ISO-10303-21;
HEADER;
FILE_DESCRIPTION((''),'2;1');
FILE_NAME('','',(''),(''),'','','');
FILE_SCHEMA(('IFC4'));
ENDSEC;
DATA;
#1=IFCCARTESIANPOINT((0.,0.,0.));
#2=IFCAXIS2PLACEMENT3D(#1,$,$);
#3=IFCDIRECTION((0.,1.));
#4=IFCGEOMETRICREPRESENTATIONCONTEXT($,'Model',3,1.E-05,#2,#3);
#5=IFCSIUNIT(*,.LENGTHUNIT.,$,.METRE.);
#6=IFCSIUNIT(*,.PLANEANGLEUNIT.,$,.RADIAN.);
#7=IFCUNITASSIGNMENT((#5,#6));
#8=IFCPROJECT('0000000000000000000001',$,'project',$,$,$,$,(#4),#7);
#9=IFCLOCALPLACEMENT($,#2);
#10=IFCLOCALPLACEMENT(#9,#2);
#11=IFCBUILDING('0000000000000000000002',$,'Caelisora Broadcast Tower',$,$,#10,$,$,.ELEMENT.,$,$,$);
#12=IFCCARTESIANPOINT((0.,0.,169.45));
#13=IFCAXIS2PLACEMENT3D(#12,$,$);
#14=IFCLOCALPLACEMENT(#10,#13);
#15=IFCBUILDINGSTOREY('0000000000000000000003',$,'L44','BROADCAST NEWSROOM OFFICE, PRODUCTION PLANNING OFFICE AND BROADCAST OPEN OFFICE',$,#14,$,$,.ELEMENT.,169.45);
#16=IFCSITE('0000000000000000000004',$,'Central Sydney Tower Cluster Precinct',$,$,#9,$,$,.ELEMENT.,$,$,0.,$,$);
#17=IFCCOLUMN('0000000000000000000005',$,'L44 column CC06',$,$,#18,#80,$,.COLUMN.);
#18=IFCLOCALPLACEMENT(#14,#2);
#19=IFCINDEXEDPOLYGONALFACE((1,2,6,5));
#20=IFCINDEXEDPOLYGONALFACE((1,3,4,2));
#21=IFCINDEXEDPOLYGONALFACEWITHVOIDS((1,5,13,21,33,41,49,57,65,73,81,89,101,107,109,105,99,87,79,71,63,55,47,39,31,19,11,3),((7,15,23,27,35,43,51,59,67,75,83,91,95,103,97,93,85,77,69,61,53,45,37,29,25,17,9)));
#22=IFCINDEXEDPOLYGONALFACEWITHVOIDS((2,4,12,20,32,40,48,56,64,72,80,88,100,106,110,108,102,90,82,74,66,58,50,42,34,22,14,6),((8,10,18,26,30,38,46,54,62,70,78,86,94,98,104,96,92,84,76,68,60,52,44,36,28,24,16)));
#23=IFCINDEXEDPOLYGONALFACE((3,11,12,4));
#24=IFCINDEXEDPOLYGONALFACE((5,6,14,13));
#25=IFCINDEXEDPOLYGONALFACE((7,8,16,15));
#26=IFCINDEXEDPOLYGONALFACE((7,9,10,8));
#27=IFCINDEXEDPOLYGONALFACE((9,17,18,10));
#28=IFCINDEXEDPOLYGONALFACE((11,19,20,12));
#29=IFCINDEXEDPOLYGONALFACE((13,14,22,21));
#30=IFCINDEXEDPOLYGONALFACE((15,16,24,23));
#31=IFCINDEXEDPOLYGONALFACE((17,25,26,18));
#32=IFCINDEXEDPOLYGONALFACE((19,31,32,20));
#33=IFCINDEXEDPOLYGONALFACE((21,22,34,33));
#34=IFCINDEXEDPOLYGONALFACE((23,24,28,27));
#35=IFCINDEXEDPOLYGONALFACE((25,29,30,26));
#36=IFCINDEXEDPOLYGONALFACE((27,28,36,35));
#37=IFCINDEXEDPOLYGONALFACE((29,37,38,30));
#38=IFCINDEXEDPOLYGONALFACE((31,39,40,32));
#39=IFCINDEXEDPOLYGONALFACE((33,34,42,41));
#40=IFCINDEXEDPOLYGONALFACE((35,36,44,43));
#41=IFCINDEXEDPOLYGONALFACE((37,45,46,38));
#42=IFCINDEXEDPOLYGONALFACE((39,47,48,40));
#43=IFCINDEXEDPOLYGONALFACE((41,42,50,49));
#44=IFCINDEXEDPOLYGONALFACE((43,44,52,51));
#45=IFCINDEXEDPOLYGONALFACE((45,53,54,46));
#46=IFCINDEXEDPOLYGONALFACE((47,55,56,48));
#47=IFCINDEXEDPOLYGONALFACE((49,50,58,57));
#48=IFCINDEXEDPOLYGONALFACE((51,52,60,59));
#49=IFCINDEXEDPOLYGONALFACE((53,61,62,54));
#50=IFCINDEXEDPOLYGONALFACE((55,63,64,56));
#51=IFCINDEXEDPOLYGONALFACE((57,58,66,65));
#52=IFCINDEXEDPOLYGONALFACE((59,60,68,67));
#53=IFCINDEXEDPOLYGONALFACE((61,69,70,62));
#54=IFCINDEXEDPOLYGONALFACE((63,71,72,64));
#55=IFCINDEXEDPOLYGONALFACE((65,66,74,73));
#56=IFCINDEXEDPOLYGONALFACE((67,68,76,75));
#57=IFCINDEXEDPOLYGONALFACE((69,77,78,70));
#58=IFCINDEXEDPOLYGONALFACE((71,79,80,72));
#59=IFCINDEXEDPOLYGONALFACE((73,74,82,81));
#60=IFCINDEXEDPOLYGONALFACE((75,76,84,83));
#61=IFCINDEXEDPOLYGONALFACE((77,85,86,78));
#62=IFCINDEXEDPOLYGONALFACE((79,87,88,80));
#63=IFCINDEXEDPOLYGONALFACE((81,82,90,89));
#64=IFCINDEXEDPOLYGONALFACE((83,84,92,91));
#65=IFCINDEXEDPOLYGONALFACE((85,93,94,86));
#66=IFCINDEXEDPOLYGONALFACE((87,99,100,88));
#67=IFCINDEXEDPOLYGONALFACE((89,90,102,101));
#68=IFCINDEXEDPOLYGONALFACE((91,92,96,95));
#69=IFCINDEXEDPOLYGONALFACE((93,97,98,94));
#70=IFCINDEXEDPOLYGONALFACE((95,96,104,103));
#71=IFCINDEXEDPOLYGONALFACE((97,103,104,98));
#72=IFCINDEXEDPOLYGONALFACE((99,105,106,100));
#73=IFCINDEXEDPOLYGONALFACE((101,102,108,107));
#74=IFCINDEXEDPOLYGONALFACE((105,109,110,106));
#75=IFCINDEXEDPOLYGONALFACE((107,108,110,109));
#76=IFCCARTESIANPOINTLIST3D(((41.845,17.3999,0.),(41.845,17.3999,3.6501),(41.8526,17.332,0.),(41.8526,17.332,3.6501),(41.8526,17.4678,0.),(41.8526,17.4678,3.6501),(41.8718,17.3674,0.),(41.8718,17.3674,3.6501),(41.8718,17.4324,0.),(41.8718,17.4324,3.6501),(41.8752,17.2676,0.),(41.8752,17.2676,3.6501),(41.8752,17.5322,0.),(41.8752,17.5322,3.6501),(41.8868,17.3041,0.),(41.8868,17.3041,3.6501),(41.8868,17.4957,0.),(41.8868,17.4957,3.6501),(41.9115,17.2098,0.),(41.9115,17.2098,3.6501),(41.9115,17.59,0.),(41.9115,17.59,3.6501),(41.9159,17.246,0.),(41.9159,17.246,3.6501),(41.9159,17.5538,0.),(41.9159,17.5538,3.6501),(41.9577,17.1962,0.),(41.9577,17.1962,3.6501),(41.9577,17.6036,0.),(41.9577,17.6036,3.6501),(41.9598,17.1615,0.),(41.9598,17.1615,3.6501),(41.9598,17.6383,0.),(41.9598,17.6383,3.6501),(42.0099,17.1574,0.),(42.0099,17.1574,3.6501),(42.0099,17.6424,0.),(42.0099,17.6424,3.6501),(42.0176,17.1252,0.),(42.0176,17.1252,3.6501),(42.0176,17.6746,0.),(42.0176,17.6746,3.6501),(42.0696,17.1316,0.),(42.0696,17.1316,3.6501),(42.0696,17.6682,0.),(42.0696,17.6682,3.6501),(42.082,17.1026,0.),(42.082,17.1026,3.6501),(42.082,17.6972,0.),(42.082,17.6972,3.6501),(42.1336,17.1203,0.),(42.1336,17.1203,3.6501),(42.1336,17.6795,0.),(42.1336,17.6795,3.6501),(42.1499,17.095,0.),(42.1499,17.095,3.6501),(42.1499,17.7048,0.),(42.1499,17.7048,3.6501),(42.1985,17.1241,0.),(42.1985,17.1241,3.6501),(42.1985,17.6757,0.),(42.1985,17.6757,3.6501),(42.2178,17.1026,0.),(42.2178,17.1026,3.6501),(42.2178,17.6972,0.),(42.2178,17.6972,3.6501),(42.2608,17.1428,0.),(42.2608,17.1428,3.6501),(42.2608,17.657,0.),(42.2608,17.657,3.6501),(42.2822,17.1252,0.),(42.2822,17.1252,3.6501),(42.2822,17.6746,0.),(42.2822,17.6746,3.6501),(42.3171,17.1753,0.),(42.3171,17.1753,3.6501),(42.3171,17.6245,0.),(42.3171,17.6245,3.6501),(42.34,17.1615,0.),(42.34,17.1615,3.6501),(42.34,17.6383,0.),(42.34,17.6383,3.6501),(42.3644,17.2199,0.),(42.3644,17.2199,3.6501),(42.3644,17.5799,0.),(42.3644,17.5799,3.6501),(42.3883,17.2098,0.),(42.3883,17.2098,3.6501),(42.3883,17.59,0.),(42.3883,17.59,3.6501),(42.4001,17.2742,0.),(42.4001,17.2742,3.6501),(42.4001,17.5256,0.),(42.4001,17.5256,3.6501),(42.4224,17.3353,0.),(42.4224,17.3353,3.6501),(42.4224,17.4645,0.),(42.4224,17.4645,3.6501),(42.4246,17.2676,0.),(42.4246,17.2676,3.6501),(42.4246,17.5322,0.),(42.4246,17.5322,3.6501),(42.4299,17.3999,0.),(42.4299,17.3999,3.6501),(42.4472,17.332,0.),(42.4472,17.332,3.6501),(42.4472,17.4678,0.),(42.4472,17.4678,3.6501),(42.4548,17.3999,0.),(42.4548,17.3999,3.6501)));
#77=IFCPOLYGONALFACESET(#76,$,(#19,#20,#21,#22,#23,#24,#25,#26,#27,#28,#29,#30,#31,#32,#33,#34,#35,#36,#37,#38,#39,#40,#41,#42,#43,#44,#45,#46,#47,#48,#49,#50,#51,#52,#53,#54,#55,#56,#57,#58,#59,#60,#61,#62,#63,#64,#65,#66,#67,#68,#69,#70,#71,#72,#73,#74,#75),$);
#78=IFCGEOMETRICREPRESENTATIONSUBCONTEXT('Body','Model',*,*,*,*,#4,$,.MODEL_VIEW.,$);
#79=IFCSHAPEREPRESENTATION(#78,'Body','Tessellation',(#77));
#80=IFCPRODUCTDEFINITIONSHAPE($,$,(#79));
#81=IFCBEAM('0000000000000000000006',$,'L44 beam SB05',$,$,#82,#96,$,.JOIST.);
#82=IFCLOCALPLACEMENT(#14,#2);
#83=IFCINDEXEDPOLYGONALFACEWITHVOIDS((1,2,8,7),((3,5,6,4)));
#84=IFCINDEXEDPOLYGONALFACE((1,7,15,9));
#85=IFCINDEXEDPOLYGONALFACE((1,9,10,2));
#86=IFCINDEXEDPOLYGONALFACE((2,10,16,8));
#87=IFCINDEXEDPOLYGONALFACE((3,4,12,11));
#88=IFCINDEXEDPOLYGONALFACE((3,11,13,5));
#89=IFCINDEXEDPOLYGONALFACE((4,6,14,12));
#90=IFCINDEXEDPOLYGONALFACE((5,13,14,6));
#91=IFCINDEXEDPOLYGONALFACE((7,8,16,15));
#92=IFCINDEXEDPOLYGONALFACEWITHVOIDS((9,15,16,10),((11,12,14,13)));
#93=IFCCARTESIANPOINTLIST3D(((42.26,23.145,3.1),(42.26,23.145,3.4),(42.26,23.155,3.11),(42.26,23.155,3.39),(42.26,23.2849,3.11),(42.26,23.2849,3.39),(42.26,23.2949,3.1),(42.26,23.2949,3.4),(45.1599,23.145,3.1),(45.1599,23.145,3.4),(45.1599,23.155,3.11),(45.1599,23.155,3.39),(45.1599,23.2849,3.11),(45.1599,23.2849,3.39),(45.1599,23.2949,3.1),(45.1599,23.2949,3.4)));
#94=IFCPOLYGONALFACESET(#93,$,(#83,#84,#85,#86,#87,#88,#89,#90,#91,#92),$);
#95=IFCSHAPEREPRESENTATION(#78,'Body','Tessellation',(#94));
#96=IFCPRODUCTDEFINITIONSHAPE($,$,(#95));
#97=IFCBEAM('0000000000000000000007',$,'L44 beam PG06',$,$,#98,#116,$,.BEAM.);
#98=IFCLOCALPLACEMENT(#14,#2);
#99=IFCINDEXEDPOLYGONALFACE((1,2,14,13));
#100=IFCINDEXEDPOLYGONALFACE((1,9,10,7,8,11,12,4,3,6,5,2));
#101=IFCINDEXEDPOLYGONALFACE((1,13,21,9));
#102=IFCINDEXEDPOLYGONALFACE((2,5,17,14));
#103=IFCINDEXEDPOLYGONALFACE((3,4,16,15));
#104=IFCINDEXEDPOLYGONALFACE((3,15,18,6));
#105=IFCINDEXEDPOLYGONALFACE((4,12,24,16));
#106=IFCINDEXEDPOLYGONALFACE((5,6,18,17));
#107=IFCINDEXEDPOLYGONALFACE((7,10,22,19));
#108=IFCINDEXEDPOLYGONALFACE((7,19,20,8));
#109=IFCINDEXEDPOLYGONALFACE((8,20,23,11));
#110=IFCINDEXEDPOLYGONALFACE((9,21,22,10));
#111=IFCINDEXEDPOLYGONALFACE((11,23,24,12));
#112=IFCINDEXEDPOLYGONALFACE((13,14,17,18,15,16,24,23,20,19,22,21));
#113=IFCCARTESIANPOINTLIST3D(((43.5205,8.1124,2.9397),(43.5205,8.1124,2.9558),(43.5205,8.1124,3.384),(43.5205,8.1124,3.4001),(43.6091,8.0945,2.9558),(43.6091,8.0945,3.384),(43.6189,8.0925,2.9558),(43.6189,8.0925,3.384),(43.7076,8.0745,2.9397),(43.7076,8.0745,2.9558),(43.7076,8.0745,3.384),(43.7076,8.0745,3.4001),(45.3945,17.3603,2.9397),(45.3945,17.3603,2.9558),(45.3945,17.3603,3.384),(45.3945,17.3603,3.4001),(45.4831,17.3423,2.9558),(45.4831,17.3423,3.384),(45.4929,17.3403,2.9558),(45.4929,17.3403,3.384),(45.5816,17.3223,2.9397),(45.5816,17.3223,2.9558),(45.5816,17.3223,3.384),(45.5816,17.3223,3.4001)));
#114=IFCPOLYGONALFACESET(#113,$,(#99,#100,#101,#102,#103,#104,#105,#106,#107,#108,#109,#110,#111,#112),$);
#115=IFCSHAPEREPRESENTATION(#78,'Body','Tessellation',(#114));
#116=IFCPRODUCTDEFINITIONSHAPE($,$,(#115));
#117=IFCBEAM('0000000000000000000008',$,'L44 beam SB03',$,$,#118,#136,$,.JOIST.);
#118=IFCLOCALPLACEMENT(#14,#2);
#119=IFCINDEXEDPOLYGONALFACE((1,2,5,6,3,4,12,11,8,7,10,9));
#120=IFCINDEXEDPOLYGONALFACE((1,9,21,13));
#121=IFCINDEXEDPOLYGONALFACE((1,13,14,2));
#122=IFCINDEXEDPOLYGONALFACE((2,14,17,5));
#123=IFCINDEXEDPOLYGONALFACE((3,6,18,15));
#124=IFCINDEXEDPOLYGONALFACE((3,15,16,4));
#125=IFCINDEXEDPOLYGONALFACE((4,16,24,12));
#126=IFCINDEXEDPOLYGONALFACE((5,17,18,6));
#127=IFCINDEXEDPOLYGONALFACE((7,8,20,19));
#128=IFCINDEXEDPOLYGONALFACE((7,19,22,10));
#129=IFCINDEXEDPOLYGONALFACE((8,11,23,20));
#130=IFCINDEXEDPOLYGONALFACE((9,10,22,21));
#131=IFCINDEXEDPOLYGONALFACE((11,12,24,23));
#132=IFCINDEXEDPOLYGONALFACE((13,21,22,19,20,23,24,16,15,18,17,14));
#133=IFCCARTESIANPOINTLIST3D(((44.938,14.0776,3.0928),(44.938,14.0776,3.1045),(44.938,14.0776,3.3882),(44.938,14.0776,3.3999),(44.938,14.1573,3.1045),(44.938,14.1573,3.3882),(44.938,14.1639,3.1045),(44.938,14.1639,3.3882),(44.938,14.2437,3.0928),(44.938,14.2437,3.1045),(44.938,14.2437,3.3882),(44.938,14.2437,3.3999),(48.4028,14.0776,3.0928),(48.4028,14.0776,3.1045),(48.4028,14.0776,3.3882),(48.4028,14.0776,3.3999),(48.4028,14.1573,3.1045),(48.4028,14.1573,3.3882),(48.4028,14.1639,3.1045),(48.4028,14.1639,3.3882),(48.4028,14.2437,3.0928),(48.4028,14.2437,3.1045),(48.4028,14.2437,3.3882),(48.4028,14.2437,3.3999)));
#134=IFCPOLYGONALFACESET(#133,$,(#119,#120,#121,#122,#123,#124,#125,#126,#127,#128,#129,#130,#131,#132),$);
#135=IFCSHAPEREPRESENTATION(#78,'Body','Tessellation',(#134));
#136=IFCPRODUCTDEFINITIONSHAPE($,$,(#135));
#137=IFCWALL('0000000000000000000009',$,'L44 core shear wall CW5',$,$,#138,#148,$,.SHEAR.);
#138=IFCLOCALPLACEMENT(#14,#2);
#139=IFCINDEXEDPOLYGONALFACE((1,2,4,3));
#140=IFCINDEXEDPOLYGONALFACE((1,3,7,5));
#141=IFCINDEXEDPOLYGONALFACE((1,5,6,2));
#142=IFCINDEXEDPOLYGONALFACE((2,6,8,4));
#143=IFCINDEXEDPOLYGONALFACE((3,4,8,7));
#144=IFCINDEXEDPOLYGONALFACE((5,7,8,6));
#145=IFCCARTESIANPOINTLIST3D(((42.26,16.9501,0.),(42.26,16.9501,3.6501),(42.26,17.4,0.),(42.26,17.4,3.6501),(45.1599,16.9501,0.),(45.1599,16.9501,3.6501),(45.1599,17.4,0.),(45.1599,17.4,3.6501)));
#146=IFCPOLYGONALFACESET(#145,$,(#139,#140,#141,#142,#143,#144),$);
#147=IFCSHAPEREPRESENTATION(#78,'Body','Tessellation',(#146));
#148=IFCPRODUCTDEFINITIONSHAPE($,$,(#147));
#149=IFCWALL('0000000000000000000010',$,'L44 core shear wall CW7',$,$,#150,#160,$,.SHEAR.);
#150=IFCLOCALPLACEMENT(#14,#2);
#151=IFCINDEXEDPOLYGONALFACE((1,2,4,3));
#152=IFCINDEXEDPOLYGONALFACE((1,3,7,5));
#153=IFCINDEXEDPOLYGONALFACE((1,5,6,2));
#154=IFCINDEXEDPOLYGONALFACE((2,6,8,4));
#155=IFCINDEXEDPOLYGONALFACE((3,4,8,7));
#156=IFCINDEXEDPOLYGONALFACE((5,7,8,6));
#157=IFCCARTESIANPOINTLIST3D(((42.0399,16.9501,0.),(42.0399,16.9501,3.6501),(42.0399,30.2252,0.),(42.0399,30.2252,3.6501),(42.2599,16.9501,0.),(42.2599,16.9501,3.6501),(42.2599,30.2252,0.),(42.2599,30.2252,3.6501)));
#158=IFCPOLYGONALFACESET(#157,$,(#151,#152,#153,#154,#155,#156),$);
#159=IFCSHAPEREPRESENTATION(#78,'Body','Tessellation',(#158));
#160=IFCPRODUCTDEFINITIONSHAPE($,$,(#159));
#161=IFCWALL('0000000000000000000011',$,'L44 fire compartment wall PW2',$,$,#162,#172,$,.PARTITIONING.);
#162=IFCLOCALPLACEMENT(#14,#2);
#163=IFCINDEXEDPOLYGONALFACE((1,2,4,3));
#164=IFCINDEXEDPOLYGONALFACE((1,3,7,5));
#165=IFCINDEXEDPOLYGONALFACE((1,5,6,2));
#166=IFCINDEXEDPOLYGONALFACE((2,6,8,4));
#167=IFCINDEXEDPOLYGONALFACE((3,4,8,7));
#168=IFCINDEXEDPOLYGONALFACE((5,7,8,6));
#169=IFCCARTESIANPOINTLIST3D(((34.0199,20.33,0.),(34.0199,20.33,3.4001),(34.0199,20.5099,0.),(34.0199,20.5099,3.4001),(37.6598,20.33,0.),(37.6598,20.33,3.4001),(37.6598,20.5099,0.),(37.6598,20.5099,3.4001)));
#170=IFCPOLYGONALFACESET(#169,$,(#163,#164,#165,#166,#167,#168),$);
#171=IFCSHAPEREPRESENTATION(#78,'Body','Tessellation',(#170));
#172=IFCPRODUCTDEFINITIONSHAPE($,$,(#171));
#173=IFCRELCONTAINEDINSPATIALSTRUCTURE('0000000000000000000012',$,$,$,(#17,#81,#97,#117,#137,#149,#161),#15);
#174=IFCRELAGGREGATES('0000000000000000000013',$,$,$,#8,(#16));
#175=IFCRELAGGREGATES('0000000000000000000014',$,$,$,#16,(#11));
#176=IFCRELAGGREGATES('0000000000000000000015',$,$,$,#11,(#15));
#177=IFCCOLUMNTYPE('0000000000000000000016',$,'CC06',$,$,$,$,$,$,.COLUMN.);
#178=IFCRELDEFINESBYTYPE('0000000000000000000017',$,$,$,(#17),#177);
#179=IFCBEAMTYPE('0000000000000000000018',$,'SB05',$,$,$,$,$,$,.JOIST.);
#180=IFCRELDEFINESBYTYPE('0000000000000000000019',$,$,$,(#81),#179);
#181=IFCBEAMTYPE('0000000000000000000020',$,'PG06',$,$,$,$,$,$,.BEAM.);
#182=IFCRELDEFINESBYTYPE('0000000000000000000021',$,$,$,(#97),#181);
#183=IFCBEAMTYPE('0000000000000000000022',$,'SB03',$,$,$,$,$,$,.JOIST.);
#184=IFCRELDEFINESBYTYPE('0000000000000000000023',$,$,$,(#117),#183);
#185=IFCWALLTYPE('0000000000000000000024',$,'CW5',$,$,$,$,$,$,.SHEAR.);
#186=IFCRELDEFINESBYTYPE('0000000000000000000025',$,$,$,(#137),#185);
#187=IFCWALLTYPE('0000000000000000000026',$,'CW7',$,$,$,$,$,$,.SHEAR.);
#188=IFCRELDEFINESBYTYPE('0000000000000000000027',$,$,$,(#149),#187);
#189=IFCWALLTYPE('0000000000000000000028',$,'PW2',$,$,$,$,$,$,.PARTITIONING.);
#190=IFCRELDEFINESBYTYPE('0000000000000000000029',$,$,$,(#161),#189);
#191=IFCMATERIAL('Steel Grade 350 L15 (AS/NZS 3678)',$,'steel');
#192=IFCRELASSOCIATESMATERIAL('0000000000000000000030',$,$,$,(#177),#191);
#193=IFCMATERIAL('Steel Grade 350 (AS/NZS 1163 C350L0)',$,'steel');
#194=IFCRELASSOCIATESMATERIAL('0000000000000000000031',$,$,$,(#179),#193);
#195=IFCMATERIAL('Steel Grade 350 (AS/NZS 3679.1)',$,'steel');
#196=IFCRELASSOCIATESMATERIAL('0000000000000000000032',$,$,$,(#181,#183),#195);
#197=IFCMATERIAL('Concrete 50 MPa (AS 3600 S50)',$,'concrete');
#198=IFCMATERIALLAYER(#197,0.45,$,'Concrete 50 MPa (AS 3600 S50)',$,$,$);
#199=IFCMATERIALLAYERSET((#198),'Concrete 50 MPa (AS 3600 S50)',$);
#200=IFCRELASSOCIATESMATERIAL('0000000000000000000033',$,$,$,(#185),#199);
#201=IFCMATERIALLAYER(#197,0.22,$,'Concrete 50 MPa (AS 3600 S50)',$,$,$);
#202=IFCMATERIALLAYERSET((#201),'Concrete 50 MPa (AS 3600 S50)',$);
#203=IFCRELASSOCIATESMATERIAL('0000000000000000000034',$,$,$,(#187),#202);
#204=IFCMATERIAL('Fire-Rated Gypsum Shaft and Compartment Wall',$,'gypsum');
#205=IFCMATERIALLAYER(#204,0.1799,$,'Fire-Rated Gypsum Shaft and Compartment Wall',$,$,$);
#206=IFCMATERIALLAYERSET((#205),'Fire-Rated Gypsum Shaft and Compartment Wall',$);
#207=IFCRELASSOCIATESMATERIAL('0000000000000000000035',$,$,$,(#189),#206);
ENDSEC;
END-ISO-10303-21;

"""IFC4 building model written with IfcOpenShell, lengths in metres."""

from ifc_helpers import new_model, si_unit, direction, frame, frame_2d, origin, origin_2d, place, context, subcontext, project, spatial, rectangle, hollow_rectangle, hollow_circle, i_section, extrude, source, transform, mapped, material, layer, layer_set, material_profile, profile_set, type_object, type_shapes, element, save


model = new_model("IFC4")

# Units and contexts
model_context = context("Model", 3, precision=1e-05, world=origin(), true_north=direction((0.0, 1.0)))
body_context = subcontext(model_context, "Body", "Model", "MODEL_VIEW")
ifc_project = project(units=[si_unit("LENGTHUNIT", "METRE"), si_unit("PLANEANGLEUNIT", "RADIAN")], contexts=[model_context])

# Site, building, storey
site_placement = place(None, origin())
site = spatial("IfcSite", under=ifc_project, at=site_placement, Name="Central Sydney Tower Cluster Precinct", CompositionType="ELEMENT", RefElevation=0.0)
building_placement = place(site_placement, origin())
building = spatial("IfcBuilding", under=site, at=building_placement, Name="Caelisora Broadcast Tower", CompositionType="ELEMENT")
storey_placement = place(building_placement, frame((0.0, 0.0, 169.45)))
storey = spatial("IfcBuildingStorey", under=building, at=storey_placement, Name="L44", Description="BROADCAST NEWSROOM OFFICE, PRODUCTION PLANNING OFFICE AND BROADCAST OPEN OFFICE", CompositionType="ELEMENT", Elevation=169.45)

# Column
ifc_material_1 = material(Name="Steel Grade 350 L15 (AS/NZS 3678)", Category="steel")
ifc_material_profile_1 = material_profile(ifc_material_1, hollow_circle(Radius=0.3049, WallThickness=0.0249, at=origin_2d()), Name="Steel Grade 350 L15 (AS/NZS 3678)")
ifc_profile_set_1 = profile_set([ifc_material_profile_1], Name="Steel Grade 350 L15 (AS/NZS 3678)")
column_type = type_object("IfcColumnType", Name="CC06", PredefinedType="COLUMN", material=ifc_profile_set_1)
shared_shape_1 = source(origin(), body_context, "Body", "SweptSolid", [
    extrude(hollow_circle(Radius=0.3049, WallThickness=0.0249, at=origin_2d()), origin(), (0.0, 0.0, 1.0), 3.6501),
])
type_shapes(column_type, [shared_shape_1])
column_placement = place(storey_placement, frame((42.1499, 17.3999, 0.0), z_axis=(0.0, 0.0, 1.0), x_axis=(1.0, 0.0, 0.0)))
element("IfcColumn", 1, at=column_placement, inside=storey, type_object=column_type, Name="L44 column CC06", PredefinedType="COLUMN", context=body_context, shape_type="MappedRepresentation", body=[
    mapped(shared_shape_1, transform((0.0, 0.0, 0.0), scale=1.0)),
])

# Beams
ifc_material_2 = material(Name="Steel Grade 350 (AS/NZS 1163 C350L0)", Category="steel")
ifc_material_profile_2 = material_profile(ifc_material_2, hollow_rectangle(XDim=0.1499, YDim=0.3, WallThickness=0.01, at=origin_2d()), Name="Steel Grade 350 (AS/NZS 1163 C350L0)")
ifc_profile_set_2 = profile_set([ifc_material_profile_2], Name="Steel Grade 350 (AS/NZS 1163 C350L0)")
beam_type_1 = type_object("IfcBeamType", Name="SB05", PredefinedType="JOIST", material=ifc_profile_set_2)
shared_shape_2 = source(origin(), body_context, "Body", "SweptSolid", [
    extrude(hollow_rectangle(XDim=0.1499, YDim=0.3, WallThickness=0.01, at=origin_2d()), origin(), (0.0, 0.0, 1.0), 2.8999),
])
type_shapes(beam_type_1, [shared_shape_2])
beam_1_placement = place(storey_placement, frame((42.26, 23.22, 3.25), z_axis=(1.0, 0.0, 0.0), x_axis=(0.0, 1.0, 0.0)))
element("IfcBeam", 2, at=beam_1_placement, inside=storey, type_object=beam_type_1, Name="L44 beam SB05", PredefinedType="JOIST", context=body_context, shape_type="MappedRepresentation", body=[
    mapped(shared_shape_2, transform((0.0, 0.0, 0.0), scale=1.0)),
])
ifc_material_3 = material(Name="Steel Grade 350 (AS/NZS 3679.1)", Category="steel")
ifc_material_profile_3 = material_profile(ifc_material_3, i_section(OverallWidth=0.1909, OverallDepth=0.4604, WebThickness=0.01, FlangeThickness=0.0161, at=origin_2d()), Name="Steel Grade 350 (AS/NZS 3679.1)")
ifc_profile_set_3 = profile_set([ifc_material_profile_3], Name="Steel Grade 350 (AS/NZS 3679.1)")
beam_type_2 = type_object("IfcBeamType", Name="PG06", PredefinedType="BEAM", material=ifc_profile_set_3)
shared_shape_3 = source(origin(), body_context, "Body", "SweptSolid", [
    extrude(i_section(OverallWidth=0.1909, OverallDepth=0.4604, WebThickness=0.01, FlangeThickness=0.0161, at=origin_2d()), origin(), (0.0, 0.0, 1.0), 9.4358),
])
type_shapes(beam_type_2, [shared_shape_3])
beam_2_placement = place(storey_placement, frame((45.488, 17.3413, 3.1699), z_axis=(-0.198608, -0.980079, 0.0), x_axis=(0.980079, -0.198608, 0.0)))
element("IfcBeam", 3, at=beam_2_placement, inside=storey, type_object=beam_type_2, Name="L44 beam PG06", PredefinedType="BEAM", context=body_context, shape_type="MappedRepresentation", body=[
    mapped(shared_shape_3, transform((0.0, 0.0, 0.0), scale=1.0)),
])
ifc_material_profile_4 = material_profile(ifc_material_3, i_section(OverallWidth=0.166, OverallDepth=0.3071, WebThickness=0.0066, FlangeThickness=0.0117, at=origin_2d()), Name="Steel Grade 350 (AS/NZS 3679.1)")
ifc_profile_set_4 = profile_set([ifc_material_profile_4], Name="Steel Grade 350 (AS/NZS 3679.1)")
beam_type_3 = type_object("IfcBeamType", Name="SB03", PredefinedType="JOIST", material=ifc_profile_set_4)
shared_shape_4 = source(origin(), body_context, "Body", "SweptSolid", [
    extrude(i_section(OverallWidth=0.166, OverallDepth=0.3071, WebThickness=0.0066, FlangeThickness=0.0117, at=origin_2d()), origin(), (0.0, 0.0, 1.0), 3.4648),
])
type_shapes(beam_type_3, [shared_shape_4])
beam_3_placement = place(storey_placement, frame((44.938, 14.1606, 3.2463), z_axis=(1.0, 0.0, 0.0), x_axis=(0.0, 1.0, 0.0)))
element("IfcBeam", 4, at=beam_3_placement, inside=storey, type_object=beam_type_3, Name="L44 beam SB03", PredefinedType="JOIST", context=body_context, shape_type="MappedRepresentation", body=[
    mapped(shared_shape_4, transform((0.0, 0.0, 0.0), scale=1.0)),
])

# Shared definitions
ifc_material_4 = material(Name="Concrete 50 MPa (AS 3600 S50)", Category="concrete")

# Walls
ifc_layer_1 = layer(ifc_material_4, 0.45, Name="Concrete 50 MPa (AS 3600 S50)")
ifc_layer_set_1 = layer_set([ifc_layer_1], Name="Concrete 50 MPa (AS 3600 S50)")
wall_type_1 = type_object("IfcWallType", Name="CW5", PredefinedType="SHEAR", material=ifc_layer_set_1)
wall_1_placement = place(storey_placement, frame((42.26, 17.175, 0.0), z_axis=(0.0, 0.0, 1.0), x_axis=(1.0, 0.0, 0.0)))
element("IfcWall", 5, at=wall_1_placement, inside=storey, type_object=wall_type_1, Name="L44 core shear wall CW5", PredefinedType="SHEAR", context=body_context, shape_type="SweptSolid", body=[
    extrude(rectangle(XDim=2.8999, YDim=0.45, at=frame_2d((1.45, 0.0))), origin(), (0.0, 0.0, 1.0), 3.6501),
])
ifc_layer_2 = layer(ifc_material_4, 0.22, Name="Concrete 50 MPa (AS 3600 S50)")
ifc_layer_set_2 = layer_set([ifc_layer_2], Name="Concrete 50 MPa (AS 3600 S50)")
wall_type_2 = type_object("IfcWallType", Name="CW7", PredefinedType="SHEAR", material=ifc_layer_set_2)
wall_2_placement = place(storey_placement, frame((42.1499, 16.95, 0.0), z_axis=(0.0, 0.0, 1.0), x_axis=(0.0, 1.0, 0.0)))
element("IfcWall", 6, at=wall_2_placement, inside=storey, type_object=wall_type_2, Name="L44 core shear wall CW7", PredefinedType="SHEAR", context=body_context, shape_type="SweptSolid", body=[
    extrude(rectangle(XDim=13.2751, YDim=0.22, at=frame_2d((6.6377, 0.0))), origin(), (0.0, 0.0, 1.0), 3.6501),
])
ifc_material_5 = material(Name="Fire-Rated Gypsum Shaft and Compartment Wall", Category="gypsum")
ifc_layer_3 = layer(ifc_material_5, 0.1799, Name="Fire-Rated Gypsum Shaft and Compartment Wall")
ifc_layer_set_3 = layer_set([ifc_layer_3], Name="Fire-Rated Gypsum Shaft and Compartment Wall")
wall_type_3 = type_object("IfcWallType", Name="PW2", PredefinedType="PARTITIONING", material=ifc_layer_set_3)
wall_3_placement = place(storey_placement, frame((34.02, 20.4199, 0.0), z_axis=(0.0, 0.0, 1.0), x_axis=(1.0, 0.0, 0.0)))
element("IfcWall", 7, at=wall_3_placement, inside=storey, type_object=wall_type_3, Name="L44 fire compartment wall PW2", PredefinedType="PARTITIONING", context=body_context, shape_type="SweptSolid", body=[
    extrude(rectangle(XDim=3.6399, YDim=0.1799, at=frame_2d((1.8198, 0.0))), origin(), (0.0, 0.0, 1.0), 3.4001),
])

save(model, "model.ifc")
